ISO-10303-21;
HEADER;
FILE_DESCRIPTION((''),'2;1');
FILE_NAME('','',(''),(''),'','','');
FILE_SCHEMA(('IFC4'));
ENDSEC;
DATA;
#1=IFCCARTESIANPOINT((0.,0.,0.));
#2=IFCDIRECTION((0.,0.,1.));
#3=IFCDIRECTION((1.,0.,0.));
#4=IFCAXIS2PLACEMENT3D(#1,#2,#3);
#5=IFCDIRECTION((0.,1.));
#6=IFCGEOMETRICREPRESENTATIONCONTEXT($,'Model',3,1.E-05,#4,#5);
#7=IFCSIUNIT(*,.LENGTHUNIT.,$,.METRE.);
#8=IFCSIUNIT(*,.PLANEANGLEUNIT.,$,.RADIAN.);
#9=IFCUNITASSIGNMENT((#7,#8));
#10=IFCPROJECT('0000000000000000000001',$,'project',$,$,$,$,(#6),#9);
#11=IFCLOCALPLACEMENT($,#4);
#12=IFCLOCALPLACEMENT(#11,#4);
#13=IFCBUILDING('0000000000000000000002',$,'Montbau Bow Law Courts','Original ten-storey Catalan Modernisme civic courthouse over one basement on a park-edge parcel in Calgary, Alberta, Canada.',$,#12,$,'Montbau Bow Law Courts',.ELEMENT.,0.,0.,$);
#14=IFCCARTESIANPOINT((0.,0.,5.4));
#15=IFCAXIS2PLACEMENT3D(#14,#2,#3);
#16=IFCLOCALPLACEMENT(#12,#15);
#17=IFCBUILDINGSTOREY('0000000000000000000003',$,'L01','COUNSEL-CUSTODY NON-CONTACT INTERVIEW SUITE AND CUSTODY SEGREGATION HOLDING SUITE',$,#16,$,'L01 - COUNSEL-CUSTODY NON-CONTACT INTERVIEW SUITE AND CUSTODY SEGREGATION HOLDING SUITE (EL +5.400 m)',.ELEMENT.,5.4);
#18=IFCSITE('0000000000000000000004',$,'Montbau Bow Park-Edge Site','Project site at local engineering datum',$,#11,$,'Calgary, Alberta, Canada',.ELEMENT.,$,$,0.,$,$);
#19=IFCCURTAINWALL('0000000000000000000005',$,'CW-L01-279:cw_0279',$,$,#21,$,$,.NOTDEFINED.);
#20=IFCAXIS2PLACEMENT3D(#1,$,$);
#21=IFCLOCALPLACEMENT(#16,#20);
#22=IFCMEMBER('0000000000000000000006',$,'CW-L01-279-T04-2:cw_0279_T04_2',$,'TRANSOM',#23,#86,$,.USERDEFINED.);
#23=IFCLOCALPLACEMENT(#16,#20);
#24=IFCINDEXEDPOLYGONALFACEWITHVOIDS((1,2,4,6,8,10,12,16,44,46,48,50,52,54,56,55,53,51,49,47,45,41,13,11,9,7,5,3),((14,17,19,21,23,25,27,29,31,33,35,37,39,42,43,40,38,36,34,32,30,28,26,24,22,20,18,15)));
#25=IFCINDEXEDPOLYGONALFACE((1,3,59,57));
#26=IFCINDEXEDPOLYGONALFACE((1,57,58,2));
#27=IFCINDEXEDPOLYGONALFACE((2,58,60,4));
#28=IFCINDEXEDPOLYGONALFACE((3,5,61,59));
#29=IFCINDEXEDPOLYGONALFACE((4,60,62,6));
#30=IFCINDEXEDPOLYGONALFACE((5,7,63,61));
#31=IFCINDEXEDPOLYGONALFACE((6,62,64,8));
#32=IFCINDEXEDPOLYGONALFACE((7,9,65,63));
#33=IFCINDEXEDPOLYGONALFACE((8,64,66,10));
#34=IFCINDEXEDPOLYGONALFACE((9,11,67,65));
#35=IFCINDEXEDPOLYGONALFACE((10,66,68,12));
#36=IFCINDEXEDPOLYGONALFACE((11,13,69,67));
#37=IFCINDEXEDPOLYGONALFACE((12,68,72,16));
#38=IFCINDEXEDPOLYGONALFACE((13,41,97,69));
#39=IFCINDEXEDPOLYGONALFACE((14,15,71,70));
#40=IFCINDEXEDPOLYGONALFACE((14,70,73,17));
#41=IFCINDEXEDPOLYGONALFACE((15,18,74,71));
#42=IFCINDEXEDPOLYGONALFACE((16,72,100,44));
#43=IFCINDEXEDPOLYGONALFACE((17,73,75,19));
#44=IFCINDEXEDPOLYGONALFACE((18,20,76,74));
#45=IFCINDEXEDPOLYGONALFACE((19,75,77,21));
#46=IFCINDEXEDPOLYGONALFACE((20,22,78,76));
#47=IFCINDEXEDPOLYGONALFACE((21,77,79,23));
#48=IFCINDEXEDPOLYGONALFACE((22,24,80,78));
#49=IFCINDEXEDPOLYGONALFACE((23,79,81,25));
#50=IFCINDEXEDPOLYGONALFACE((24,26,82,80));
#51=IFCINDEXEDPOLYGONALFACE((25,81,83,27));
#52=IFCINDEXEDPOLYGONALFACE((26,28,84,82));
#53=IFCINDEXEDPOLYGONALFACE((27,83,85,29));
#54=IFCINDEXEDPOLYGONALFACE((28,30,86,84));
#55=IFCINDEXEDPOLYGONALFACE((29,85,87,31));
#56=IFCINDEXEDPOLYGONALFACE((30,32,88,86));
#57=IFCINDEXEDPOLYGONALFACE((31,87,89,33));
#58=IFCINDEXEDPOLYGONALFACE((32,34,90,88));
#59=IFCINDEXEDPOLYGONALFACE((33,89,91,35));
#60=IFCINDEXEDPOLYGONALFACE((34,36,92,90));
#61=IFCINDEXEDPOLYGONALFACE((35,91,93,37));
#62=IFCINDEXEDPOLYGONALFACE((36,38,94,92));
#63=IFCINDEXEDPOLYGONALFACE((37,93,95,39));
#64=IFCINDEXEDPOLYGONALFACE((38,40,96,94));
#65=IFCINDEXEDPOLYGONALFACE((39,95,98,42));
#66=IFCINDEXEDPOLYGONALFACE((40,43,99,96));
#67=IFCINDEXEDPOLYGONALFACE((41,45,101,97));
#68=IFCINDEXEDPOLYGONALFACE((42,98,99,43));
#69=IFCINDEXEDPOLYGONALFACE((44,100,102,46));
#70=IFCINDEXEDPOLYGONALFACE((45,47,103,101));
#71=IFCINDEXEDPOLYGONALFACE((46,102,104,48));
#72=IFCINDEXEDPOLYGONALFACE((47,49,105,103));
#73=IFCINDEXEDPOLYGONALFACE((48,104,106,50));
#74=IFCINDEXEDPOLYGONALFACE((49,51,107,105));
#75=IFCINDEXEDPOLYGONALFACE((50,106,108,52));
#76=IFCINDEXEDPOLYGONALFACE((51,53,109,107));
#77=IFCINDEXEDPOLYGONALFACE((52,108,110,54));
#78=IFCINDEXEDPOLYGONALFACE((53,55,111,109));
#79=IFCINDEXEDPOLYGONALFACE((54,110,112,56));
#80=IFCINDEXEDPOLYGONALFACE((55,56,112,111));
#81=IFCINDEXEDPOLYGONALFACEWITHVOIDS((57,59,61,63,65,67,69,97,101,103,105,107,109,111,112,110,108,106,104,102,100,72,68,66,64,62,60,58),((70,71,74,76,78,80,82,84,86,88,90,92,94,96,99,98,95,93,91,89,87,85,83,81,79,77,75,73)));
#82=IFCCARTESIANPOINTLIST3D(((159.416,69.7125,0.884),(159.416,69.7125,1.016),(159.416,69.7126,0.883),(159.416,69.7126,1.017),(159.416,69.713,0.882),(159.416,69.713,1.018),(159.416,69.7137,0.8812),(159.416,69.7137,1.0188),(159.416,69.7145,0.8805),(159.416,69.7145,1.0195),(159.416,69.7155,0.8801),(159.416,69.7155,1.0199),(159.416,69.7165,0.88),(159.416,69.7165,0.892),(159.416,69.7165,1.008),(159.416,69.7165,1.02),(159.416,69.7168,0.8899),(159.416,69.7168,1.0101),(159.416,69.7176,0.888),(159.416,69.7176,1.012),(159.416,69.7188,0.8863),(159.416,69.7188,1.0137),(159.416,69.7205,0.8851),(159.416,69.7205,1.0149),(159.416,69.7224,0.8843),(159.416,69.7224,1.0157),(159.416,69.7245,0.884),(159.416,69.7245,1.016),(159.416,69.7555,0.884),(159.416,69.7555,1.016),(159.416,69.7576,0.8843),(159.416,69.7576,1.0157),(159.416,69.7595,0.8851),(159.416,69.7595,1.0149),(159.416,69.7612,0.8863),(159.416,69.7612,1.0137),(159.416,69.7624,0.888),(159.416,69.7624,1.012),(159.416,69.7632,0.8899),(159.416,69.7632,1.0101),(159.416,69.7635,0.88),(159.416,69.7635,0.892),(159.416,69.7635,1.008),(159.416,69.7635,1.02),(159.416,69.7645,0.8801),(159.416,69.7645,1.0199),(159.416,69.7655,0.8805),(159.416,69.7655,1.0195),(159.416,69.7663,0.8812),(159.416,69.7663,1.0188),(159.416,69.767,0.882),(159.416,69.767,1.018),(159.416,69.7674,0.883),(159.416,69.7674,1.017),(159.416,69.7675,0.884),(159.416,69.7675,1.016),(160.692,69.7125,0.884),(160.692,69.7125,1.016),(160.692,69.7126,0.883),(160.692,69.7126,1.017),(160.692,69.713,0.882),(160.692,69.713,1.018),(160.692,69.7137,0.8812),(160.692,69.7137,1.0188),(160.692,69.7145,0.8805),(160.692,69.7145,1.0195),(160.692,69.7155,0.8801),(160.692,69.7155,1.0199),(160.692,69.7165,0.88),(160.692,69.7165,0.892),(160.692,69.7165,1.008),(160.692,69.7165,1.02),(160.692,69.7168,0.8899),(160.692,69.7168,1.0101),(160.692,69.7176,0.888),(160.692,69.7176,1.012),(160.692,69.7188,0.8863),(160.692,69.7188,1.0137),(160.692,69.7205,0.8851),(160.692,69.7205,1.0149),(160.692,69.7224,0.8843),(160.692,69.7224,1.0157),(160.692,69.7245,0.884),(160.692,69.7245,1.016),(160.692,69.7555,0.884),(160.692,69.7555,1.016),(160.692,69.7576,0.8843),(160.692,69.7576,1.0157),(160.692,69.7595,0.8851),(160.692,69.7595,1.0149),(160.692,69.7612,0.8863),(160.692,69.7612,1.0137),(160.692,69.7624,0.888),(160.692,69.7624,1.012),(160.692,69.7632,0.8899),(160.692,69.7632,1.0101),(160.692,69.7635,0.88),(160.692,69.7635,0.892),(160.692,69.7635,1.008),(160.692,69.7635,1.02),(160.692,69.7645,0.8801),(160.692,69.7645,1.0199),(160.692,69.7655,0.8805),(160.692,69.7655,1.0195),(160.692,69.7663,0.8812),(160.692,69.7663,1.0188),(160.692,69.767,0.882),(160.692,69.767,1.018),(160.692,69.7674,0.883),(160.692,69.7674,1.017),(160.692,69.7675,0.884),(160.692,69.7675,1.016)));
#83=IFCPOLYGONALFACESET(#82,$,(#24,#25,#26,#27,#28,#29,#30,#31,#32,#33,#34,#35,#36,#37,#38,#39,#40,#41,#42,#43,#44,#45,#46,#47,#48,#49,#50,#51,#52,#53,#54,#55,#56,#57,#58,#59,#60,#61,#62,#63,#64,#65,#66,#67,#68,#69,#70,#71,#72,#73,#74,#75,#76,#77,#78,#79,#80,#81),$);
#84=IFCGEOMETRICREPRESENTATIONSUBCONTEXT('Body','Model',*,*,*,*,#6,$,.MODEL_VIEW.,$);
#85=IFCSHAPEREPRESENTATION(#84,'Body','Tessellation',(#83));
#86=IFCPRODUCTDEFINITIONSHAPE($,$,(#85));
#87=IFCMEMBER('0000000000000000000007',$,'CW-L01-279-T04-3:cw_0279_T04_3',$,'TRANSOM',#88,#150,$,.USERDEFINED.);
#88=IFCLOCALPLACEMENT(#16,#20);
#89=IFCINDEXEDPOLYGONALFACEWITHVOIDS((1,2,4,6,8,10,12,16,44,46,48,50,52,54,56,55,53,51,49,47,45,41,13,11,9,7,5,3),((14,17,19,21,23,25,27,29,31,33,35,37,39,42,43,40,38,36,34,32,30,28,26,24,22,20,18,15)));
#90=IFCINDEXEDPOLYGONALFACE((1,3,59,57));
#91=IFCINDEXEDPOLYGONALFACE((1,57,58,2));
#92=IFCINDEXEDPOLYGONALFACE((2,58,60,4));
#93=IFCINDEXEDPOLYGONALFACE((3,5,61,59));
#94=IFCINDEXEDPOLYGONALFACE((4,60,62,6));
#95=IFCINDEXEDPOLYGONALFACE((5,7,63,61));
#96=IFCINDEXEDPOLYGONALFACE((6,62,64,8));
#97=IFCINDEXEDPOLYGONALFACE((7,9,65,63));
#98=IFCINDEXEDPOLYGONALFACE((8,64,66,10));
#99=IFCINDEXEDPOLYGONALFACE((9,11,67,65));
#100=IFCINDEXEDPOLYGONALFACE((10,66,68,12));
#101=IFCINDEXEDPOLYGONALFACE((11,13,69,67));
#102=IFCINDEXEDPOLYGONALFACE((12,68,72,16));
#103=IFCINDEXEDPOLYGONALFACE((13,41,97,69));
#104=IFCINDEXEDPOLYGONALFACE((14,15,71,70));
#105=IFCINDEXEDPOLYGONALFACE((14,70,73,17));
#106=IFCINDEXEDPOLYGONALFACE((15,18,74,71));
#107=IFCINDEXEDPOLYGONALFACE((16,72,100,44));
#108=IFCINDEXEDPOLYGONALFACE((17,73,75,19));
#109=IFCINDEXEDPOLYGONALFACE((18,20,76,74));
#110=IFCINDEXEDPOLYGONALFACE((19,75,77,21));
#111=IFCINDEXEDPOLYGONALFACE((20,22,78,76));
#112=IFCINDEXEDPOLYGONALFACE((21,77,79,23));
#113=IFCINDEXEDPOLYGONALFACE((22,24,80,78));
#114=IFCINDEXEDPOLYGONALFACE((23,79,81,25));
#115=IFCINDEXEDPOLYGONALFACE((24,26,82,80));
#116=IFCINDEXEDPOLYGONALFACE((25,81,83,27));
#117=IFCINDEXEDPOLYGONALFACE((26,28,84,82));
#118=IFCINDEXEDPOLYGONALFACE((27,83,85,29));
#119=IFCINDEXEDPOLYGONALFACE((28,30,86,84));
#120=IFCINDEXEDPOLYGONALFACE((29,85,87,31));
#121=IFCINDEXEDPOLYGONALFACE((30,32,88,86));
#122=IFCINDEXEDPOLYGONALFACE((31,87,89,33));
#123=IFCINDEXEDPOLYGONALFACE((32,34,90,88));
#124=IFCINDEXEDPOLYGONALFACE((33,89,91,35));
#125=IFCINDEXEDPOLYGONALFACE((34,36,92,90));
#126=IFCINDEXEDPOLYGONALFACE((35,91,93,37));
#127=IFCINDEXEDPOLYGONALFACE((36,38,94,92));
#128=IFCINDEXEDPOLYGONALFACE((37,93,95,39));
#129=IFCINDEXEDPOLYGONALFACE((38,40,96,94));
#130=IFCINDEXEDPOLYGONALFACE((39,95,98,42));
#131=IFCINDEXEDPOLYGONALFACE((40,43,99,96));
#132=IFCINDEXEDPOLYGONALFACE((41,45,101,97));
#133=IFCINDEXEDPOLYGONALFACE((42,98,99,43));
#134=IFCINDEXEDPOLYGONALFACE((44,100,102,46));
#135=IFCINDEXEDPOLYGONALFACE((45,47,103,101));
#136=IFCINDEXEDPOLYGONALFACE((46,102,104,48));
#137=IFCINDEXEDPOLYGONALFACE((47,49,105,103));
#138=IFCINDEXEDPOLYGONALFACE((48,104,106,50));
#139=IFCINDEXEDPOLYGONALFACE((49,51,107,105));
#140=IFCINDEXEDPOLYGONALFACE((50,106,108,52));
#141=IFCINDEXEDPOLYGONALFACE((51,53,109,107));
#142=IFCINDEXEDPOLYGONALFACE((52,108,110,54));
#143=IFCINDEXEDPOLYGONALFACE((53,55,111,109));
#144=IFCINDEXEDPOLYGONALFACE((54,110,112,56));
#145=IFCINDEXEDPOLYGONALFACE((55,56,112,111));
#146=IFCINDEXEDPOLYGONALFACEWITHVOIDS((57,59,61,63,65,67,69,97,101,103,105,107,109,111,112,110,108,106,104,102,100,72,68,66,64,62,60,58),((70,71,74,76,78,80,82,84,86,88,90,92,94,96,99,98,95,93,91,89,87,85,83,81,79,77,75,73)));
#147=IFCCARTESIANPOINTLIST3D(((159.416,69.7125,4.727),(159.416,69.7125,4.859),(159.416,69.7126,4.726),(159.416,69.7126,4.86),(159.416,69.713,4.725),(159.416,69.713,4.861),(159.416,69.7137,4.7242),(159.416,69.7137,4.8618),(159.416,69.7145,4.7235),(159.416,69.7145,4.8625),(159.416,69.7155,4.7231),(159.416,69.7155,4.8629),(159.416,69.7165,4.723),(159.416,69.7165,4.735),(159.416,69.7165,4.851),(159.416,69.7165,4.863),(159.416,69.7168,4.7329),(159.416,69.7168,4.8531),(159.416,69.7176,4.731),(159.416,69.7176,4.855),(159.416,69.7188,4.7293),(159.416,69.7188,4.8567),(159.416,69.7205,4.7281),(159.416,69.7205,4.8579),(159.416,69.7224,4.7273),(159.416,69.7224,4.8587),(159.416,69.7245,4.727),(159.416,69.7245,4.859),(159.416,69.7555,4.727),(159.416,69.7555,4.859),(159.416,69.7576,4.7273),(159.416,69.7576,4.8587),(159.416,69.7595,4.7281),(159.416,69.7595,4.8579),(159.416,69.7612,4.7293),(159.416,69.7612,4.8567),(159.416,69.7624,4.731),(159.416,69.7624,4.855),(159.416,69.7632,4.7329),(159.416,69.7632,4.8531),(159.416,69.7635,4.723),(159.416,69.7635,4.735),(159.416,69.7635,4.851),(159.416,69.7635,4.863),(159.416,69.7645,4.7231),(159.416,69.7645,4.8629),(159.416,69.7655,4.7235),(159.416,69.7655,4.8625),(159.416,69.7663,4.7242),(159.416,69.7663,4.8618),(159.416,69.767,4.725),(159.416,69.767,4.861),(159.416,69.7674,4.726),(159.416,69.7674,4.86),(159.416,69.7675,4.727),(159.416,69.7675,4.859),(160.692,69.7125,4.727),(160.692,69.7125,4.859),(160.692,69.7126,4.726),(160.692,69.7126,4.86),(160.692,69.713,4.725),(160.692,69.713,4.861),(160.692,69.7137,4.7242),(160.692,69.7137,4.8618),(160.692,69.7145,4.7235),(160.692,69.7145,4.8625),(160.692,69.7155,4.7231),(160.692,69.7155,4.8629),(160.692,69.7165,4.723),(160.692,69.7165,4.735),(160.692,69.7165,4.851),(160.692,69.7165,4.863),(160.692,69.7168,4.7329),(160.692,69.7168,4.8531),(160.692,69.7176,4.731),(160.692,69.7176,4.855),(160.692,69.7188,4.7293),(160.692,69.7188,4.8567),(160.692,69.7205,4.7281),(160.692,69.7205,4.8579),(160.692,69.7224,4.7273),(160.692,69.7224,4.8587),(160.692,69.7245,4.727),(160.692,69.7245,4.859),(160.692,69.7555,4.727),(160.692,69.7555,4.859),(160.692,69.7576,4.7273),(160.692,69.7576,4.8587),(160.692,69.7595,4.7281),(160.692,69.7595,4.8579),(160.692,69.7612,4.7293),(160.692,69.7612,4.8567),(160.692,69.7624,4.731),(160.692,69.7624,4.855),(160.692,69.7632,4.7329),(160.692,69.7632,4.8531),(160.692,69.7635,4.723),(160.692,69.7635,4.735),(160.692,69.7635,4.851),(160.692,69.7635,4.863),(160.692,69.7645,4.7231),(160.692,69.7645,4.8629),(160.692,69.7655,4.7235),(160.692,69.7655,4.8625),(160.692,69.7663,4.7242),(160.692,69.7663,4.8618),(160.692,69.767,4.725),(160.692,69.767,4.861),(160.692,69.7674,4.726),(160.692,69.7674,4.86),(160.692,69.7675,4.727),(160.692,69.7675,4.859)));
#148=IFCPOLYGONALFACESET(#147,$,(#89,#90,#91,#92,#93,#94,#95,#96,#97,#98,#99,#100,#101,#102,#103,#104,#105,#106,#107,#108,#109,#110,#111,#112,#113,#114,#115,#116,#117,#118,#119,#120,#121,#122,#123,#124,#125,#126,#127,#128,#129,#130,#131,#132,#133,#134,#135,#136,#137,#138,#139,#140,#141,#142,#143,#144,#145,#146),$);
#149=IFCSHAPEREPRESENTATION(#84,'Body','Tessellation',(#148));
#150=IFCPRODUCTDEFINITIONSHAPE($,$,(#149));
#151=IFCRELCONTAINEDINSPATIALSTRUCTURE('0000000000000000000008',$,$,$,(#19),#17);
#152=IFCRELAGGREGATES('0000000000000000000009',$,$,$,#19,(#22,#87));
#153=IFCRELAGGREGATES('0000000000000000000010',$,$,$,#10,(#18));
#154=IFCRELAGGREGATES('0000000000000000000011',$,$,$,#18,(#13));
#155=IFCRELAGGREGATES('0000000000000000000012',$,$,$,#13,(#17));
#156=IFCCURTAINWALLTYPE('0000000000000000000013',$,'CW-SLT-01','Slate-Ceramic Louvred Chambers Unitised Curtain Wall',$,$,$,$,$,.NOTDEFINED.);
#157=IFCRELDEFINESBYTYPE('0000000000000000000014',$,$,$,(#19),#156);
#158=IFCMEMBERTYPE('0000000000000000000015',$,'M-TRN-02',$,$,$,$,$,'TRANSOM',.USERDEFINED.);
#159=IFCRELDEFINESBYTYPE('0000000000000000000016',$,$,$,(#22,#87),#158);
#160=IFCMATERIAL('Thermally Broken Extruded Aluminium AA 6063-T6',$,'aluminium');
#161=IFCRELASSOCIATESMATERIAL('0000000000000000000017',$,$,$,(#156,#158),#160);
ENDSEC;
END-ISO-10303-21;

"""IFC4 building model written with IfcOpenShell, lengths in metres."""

from ifc_helpers import new_model, si_unit, direction, frame, origin_with_axes, origin_2d_with_axis, place, context, subcontext, project, spatial, hollow_rectangle, extrude, material, material_profile, profile_set, type_object, element, aggregate, save


model = new_model("IFC4")

# Units and contexts
model_context = context("Model", 3, precision=1e-05, world=origin_with_axes(), true_north=direction((0.0, 1.0)))
body_context = subcontext(model_context, "Body", "Model", "MODEL_VIEW")
ifc_project = project(units=[si_unit("LENGTHUNIT", "METRE"), si_unit("PLANEANGLEUNIT", "RADIAN")], contexts=[model_context])

# Site, building, storey
site_placement = place(None, origin_with_axes())
site = spatial("IfcSite", under=ifc_project, at=site_placement, Name="Montbau Bow Park-Edge Site", Description="Project site at local engineering datum", LongName="Calgary, Alberta, Canada", CompositionType="ELEMENT", RefElevation=0.0)
building_placement = place(site_placement, origin_with_axes())
building = spatial("IfcBuilding", under=site, at=building_placement, Name="Montbau Bow Law Courts", Description="Original ten-storey Catalan Modernisme civic courthouse over one basement on a park-edge parcel in Calgary, Alberta, Canada.", LongName="Montbau Bow Law Courts", CompositionType="ELEMENT", ElevationOfRefHeight=0.0, ElevationOfTerrain=0.0)
storey_placement = place(building_placement, frame((0.0, 0.0, 5.4), z_axis=(0.0, 0.0, 1.0), x_axis=(1.0, 0.0, 0.0)))
storey = spatial("IfcBuildingStorey", under=building, at=storey_placement, Name="L01", Description="COUNSEL-CUSTODY NON-CONTACT INTERVIEW SUITE AND CUSTODY SEGREGATION HOLDING SUITE", LongName="L01 - COUNSEL-CUSTODY NON-CONTACT INTERVIEW SUITE AND CUSTODY SEGREGATION HOLDING SUITE (EL +5.400 m)", CompositionType="ELEMENT", Elevation=5.4)

# Curtain wall
ifc_material_1 = material(Name="Thermally Broken Extruded Aluminium AA 6063-T6", Category="aluminium")
curtain_wall_type = type_object("IfcCurtainWallType", Name="CW-SLT-01", Description="Slate-Ceramic Louvred Chambers Unitised Curtain Wall", PredefinedType="NOTDEFINED", material=ifc_material_1)
curtain_wall_1_placement = place(None, frame((155.315, 69.74, 5.4), z_axis=(0.0, 0.0, 1.0), x_axis=(1.0, 0.0, 0.0)))
curtain_wall_1 = element("IfcCurtainWall", 1, at=curtain_wall_1_placement, inside=storey, type_object=curtain_wall_type, Name="CW-L01-279:cw_0279", PredefinedType="NOTDEFINED")

# Members
ifc_material_profile_1 = material_profile(ifc_material_1, hollow_rectangle(XDim=0.055, YDim=0.14, WallThickness=0.004, InnerFilletRadius=0.008, OuterFilletRadius=0.004, at=origin_2d_with_axis()), Name="CWT-140X55", Category="Main", Priority=0)
ifc_profile_set_1 = profile_set([ifc_material_profile_1], Name="Thermally Broken Extruded Aluminium AA 6063-T6")
member_type_1 = type_object("IfcMemberType", Name="M-TRN-02", ElementType="TRANSOM", PredefinedType="USERDEFINED", material=ifc_profile_set_1)
member_1_placement = place(None, frame((159.416, 69.74, 6.35), z_axis=(1.0, 0.0, 0.0), x_axis=(0.0, 1.0, 0.0)))
member_1 = element("IfcMember", 2, at=member_1_placement, type_object=member_type_1, Name="CW-L01-279-T04-2:cw_0279_T04_2", ObjectType="TRANSOM", PredefinedType="USERDEFINED", context=body_context, shape_type="SweptSolid", body=[
    extrude(hollow_rectangle(XDim=0.055, YDim=0.14, WallThickness=0.004, InnerFilletRadius=0.008, OuterFilletRadius=0.004, at=origin_2d_with_axis()), origin_with_axes(), (0.0, 0.0, 1.0), 1.276),
])
member_2_placement = place(None, frame((159.416, 69.74, 10.193), z_axis=(1.0, 0.0, 0.0), x_axis=(0.0, 1.0, 0.0)))
member_2 = element("IfcMember", 3, at=member_2_placement, type_object=member_type_1, Name="CW-L01-279-T04-3:cw_0279_T04_3", ObjectType="TRANSOM", PredefinedType="USERDEFINED", context=body_context, shape_type="SweptSolid", body=[
    extrude(hollow_rectangle(XDim=0.055, YDim=0.14, WallThickness=0.004, InnerFilletRadius=0.008, OuterFilletRadius=0.004, at=origin_2d_with_axis()), origin_with_axes(), (0.0, 0.0, 1.0), 1.276),
])

aggregate(curtain_wall_1, [member_1, member_2])

save(model, "model.ifc")
